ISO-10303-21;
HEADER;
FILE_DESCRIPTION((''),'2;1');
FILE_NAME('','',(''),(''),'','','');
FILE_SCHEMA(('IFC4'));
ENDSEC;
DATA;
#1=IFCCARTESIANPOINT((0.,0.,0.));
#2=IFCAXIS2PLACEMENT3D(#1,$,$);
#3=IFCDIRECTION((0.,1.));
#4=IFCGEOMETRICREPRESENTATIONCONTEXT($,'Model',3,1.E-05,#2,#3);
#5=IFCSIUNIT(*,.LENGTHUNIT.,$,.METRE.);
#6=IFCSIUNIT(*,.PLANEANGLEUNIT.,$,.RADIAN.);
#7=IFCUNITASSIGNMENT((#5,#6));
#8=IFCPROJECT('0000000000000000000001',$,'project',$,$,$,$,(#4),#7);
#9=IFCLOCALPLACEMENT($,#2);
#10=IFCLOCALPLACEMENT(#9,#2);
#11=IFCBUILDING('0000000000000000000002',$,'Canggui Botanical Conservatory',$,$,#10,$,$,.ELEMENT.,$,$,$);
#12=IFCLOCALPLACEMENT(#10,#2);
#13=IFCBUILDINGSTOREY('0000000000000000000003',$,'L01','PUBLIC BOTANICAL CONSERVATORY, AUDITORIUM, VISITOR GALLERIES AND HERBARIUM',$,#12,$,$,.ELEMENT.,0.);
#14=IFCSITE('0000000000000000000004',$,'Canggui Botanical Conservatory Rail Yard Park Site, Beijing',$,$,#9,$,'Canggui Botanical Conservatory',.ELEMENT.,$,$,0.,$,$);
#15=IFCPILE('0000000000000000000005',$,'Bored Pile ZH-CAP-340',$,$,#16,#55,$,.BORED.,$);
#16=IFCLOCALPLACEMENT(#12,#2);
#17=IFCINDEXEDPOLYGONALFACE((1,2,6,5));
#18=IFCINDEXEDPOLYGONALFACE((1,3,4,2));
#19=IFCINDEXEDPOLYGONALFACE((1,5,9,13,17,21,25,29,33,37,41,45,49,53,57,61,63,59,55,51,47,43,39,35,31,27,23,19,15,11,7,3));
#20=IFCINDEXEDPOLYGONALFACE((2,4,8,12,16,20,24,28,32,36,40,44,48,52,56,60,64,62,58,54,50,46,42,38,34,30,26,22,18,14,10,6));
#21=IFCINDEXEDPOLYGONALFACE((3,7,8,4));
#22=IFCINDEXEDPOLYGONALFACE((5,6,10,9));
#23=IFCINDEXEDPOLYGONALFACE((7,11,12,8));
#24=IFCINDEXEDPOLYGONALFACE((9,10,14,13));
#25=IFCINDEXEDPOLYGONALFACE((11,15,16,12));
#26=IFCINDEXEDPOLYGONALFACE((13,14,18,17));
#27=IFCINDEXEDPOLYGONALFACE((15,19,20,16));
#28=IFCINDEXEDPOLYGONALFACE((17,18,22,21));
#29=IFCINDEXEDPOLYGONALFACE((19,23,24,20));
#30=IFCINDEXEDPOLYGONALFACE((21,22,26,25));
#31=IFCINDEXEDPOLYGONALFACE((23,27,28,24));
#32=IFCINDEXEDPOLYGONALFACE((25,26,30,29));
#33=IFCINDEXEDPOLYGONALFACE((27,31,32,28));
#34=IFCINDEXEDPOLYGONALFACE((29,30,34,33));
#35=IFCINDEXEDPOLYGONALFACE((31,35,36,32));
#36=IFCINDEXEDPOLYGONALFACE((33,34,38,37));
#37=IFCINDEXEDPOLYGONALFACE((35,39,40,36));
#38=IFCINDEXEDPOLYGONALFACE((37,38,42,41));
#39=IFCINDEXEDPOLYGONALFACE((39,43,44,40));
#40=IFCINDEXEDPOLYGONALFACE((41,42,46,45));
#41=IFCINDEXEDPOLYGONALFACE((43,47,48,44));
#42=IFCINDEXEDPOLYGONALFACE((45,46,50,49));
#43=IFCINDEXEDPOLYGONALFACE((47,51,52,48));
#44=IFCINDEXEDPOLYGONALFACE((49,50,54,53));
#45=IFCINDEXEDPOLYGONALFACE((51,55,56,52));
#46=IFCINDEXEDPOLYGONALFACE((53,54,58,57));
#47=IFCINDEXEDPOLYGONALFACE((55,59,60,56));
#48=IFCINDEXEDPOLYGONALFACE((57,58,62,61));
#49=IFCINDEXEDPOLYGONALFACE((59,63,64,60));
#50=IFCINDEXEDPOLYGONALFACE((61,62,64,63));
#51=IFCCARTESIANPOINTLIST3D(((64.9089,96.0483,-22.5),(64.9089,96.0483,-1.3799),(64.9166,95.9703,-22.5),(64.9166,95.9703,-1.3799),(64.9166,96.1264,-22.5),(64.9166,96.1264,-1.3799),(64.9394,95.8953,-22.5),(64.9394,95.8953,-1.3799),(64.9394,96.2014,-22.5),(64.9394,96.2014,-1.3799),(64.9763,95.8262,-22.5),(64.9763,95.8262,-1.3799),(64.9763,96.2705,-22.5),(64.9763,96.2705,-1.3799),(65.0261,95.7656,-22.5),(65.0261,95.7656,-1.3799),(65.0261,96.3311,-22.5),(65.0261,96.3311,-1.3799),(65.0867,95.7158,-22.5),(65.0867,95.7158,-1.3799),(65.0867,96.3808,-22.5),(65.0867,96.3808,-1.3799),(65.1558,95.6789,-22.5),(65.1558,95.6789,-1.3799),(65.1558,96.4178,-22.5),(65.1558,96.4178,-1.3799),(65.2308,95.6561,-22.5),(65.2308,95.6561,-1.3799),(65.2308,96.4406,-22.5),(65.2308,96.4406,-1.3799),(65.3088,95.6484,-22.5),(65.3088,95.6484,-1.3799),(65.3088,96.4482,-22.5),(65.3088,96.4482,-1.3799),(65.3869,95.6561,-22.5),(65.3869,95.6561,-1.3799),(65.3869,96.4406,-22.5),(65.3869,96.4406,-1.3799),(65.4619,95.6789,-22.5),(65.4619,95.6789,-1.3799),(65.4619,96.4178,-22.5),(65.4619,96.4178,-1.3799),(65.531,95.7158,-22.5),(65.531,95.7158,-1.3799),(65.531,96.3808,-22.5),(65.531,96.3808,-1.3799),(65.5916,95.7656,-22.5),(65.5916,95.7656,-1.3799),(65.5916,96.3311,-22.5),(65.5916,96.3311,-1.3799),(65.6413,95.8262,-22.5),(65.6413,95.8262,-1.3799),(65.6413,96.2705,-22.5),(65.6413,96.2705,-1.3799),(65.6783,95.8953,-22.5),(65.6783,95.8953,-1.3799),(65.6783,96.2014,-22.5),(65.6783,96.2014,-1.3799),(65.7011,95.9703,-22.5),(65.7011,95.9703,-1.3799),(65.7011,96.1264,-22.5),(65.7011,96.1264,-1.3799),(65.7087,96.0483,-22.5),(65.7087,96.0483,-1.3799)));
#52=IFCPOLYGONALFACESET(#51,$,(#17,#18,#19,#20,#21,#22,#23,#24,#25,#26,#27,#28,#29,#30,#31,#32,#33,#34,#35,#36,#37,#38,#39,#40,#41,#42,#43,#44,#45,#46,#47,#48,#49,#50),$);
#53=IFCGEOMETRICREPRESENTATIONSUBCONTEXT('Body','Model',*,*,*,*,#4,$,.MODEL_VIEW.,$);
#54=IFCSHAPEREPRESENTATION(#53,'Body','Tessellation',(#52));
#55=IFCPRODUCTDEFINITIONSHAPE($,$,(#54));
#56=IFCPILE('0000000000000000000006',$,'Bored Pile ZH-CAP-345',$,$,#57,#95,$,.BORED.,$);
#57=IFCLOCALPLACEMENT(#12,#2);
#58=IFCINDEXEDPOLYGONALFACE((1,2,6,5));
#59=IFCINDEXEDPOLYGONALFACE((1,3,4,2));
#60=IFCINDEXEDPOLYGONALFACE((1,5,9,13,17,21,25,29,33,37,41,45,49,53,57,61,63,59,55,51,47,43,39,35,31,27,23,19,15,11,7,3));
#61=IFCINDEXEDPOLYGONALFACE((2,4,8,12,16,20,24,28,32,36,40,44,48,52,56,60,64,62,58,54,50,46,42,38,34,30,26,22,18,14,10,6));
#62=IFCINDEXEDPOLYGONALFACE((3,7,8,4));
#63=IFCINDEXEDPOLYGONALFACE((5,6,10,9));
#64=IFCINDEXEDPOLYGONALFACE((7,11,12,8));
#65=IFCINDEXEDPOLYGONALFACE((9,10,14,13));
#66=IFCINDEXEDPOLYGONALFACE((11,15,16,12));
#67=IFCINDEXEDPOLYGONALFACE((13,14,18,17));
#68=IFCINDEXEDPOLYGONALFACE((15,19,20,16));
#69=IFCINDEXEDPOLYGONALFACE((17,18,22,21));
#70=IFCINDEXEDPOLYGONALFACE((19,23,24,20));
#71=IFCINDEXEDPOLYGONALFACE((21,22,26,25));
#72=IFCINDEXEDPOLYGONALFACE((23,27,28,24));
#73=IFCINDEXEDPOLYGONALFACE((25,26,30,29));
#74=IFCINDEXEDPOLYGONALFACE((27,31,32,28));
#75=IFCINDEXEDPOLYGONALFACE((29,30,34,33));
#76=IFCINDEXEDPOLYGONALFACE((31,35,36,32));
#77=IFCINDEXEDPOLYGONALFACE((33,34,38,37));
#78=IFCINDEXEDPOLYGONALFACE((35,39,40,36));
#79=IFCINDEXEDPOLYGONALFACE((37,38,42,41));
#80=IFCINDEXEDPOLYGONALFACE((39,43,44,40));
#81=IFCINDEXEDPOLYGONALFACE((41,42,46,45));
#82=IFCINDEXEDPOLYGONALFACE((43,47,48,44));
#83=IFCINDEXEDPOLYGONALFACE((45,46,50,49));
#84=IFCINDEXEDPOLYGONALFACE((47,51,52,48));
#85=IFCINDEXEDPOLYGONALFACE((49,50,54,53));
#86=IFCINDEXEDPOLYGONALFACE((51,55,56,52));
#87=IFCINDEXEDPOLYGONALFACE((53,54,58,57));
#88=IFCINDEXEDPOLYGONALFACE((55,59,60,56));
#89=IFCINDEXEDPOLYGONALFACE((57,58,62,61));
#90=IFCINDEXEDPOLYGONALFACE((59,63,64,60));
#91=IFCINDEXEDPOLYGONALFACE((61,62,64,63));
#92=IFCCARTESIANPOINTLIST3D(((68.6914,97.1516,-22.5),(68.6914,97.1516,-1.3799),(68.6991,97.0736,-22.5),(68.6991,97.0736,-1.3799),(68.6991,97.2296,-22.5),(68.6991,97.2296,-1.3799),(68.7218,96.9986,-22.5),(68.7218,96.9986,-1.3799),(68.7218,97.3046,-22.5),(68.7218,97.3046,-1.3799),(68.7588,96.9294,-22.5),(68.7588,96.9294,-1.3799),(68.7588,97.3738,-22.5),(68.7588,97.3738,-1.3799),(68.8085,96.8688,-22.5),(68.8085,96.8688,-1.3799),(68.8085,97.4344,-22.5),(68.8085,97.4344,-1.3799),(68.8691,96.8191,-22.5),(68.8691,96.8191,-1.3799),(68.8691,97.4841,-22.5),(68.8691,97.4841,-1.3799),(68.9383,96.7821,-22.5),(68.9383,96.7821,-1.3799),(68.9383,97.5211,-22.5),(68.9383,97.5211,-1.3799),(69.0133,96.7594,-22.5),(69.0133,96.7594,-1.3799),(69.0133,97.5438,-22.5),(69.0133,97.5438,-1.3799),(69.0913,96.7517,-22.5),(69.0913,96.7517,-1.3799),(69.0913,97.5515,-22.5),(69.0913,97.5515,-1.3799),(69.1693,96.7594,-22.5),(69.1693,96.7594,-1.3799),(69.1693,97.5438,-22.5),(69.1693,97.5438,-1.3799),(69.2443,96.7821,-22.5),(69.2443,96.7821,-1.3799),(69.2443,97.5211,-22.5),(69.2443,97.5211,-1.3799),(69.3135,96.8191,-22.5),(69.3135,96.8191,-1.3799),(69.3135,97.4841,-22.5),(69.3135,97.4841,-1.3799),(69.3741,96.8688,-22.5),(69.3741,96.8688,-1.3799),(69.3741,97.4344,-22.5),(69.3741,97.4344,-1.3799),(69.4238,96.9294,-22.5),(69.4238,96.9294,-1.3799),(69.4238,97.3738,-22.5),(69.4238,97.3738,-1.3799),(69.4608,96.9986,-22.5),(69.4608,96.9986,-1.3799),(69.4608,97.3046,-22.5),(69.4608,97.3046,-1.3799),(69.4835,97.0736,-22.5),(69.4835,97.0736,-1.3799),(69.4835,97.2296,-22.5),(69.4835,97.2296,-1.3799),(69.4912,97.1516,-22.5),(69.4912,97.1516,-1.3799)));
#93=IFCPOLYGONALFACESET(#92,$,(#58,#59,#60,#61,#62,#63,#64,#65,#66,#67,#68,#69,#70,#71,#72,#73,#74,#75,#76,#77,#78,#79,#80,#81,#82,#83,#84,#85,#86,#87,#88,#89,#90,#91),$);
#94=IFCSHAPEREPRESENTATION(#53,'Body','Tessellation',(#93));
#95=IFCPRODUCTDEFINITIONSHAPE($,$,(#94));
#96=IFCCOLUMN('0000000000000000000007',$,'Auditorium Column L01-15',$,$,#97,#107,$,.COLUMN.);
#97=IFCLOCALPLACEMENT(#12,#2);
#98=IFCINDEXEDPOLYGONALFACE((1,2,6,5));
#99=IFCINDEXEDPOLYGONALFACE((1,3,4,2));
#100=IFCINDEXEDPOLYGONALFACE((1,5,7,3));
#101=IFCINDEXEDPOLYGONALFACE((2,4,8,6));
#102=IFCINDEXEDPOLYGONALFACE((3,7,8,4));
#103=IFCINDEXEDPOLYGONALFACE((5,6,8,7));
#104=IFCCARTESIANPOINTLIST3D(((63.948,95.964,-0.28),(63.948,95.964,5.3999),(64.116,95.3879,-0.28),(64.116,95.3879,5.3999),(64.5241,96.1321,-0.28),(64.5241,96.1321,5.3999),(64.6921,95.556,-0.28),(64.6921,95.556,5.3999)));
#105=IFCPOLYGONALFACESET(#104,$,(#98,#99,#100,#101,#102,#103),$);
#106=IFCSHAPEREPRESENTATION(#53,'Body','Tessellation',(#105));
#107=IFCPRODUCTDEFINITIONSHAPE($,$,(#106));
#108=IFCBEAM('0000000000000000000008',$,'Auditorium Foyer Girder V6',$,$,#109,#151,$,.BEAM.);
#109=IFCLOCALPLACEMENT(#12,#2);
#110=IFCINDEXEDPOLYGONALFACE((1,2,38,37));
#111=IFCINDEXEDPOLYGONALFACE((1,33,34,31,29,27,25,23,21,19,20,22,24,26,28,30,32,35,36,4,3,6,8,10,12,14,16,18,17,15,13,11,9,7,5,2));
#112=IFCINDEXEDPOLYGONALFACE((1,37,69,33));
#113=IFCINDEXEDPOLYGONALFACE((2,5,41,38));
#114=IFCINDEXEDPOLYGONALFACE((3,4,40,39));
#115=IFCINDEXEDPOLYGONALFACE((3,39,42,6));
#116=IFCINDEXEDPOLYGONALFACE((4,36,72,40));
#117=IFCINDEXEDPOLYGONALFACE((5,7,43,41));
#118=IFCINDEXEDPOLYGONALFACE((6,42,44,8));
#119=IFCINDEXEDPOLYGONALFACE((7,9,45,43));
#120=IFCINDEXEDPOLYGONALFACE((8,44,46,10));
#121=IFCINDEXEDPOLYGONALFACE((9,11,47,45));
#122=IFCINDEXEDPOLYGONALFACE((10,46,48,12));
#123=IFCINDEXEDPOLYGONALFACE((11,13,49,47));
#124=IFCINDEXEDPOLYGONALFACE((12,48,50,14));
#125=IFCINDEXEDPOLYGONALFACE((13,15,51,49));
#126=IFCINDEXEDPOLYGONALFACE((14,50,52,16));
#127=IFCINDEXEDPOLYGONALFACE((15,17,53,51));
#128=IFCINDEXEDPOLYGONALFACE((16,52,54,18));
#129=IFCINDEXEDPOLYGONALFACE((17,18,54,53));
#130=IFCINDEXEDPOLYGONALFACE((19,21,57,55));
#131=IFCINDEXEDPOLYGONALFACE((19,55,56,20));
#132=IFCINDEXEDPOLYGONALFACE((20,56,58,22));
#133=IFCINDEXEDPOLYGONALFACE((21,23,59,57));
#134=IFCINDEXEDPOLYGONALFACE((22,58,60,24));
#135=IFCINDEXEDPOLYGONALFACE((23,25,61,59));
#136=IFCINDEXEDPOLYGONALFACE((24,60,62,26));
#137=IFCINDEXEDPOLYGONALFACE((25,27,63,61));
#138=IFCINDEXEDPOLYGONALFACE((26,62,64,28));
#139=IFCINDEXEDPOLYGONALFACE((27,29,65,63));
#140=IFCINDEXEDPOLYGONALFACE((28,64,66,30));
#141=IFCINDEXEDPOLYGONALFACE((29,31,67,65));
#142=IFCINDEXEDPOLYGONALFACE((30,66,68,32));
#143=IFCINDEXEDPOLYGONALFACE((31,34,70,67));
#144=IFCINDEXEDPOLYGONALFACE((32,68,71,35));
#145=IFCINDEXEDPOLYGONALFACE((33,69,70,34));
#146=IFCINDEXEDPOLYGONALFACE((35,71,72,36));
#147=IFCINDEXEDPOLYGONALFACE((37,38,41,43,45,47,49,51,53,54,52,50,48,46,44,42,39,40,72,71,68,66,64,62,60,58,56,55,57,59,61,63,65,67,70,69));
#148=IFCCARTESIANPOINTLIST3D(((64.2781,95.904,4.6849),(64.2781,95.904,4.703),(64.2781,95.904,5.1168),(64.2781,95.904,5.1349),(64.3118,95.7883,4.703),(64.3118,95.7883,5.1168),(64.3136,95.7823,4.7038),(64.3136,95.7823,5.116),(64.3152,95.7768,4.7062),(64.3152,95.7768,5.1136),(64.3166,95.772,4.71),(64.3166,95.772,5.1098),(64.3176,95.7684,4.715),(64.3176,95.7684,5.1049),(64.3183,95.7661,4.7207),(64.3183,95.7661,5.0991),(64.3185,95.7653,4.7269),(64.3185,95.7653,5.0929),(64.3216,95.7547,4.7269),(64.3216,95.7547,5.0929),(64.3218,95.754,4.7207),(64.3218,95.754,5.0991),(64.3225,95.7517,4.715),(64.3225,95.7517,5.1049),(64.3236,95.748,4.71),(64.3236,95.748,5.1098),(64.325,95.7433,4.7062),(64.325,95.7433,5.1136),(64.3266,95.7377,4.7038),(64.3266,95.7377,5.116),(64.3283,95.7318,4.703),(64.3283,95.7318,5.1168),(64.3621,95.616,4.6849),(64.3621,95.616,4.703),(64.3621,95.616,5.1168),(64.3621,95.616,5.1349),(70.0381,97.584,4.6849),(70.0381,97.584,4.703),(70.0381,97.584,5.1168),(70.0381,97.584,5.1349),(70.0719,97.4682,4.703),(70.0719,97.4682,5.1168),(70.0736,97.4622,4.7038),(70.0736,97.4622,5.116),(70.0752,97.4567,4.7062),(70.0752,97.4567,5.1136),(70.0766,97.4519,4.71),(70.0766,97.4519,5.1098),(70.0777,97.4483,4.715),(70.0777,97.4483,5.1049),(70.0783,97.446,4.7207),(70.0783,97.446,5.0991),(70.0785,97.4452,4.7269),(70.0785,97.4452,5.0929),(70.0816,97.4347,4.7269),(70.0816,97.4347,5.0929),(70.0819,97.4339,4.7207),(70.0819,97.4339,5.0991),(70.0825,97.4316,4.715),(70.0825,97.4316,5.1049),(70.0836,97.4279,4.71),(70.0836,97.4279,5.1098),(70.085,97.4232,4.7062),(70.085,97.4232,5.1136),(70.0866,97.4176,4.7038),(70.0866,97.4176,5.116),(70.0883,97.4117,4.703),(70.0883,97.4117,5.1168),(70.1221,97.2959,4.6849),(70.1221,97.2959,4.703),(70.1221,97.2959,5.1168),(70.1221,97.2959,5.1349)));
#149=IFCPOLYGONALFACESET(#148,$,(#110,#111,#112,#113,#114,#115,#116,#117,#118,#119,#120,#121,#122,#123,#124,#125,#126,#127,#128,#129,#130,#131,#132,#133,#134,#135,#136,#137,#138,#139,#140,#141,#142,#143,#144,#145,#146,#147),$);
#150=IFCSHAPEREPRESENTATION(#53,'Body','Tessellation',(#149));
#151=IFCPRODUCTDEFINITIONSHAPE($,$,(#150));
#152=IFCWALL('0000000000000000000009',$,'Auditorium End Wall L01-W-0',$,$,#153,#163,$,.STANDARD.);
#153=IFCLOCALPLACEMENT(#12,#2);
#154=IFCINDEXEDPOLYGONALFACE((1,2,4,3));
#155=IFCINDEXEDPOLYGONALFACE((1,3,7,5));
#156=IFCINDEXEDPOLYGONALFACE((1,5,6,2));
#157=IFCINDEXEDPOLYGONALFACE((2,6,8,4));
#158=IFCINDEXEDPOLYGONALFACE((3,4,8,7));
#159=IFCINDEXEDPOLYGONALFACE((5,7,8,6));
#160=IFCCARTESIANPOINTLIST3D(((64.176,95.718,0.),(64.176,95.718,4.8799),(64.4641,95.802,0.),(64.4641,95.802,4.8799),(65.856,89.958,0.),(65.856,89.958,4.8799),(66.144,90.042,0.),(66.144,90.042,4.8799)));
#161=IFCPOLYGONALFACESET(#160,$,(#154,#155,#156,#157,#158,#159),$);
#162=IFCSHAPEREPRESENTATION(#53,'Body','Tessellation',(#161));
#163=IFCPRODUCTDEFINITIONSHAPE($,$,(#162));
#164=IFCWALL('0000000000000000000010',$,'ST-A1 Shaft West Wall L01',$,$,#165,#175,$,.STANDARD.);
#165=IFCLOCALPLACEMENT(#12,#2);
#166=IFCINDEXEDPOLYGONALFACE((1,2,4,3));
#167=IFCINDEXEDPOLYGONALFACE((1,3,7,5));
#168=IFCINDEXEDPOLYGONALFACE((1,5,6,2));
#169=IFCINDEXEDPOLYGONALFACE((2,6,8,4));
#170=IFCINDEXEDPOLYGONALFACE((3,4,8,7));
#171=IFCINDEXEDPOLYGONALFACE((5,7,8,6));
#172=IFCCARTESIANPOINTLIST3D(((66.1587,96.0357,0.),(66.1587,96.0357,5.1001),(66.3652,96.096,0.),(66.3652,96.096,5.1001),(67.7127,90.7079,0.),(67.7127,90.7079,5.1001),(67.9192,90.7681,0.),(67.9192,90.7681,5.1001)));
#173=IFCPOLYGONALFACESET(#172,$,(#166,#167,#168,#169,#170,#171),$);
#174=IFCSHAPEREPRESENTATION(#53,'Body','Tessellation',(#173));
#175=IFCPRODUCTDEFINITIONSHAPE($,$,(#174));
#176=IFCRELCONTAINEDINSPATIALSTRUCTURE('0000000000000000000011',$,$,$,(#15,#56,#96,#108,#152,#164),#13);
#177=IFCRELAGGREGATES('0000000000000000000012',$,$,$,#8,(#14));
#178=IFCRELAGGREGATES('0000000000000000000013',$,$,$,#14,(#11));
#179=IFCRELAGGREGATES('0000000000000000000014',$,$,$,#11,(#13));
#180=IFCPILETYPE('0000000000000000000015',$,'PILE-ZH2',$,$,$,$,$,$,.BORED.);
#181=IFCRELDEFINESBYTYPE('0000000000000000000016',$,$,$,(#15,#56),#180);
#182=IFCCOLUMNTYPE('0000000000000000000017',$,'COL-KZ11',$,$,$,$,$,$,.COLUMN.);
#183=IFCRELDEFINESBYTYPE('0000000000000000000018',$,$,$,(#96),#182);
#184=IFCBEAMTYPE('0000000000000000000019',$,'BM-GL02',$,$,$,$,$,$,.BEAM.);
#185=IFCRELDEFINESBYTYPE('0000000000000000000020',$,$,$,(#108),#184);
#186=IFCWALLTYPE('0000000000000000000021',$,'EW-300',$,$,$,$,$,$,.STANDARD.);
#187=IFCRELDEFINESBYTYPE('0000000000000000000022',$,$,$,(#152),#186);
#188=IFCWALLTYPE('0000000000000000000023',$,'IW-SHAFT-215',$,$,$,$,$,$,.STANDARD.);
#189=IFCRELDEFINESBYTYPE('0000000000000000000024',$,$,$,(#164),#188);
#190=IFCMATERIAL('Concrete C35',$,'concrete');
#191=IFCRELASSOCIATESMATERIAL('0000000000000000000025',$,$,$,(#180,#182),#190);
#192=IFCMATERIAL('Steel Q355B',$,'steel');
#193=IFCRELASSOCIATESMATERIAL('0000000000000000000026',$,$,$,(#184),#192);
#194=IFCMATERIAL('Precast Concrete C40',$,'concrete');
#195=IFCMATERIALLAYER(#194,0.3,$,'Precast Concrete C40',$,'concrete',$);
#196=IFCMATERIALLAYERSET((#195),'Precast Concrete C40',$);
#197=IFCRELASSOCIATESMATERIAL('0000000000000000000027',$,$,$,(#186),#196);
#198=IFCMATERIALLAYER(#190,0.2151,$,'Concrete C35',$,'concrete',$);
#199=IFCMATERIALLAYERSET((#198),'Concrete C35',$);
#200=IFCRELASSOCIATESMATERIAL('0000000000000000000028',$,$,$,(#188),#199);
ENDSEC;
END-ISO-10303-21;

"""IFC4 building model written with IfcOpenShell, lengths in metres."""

from ifc_helpers import new_model, si_unit, direction, frame, frame_2d, origin, origin_2d, place, context, subcontext, project, spatial, rectangle, circle, i_section, extrude, material, layer, layer_set, material_profile, profile_set, type_object, element, save


model = new_model("IFC4")

# Units and contexts
model_context = context("Model", 3, precision=1e-05, world=origin(), true_north=direction((0.0, 1.0)))
body_context = subcontext(model_context, "Body", "Model", "MODEL_VIEW")
ifc_project = project(units=[si_unit("LENGTHUNIT", "METRE"), si_unit("PLANEANGLEUNIT", "RADIAN")], contexts=[model_context])

# Site, building, storey
site_placement = place(None, origin())
site = spatial("IfcSite", under=ifc_project, at=site_placement, Name="Canggui Botanical Conservatory Rail Yard Park Site, Beijing", LongName="Canggui Botanical Conservatory", CompositionType="ELEMENT", RefElevation=0.0)
building_placement = place(site_placement, origin())
building = spatial("IfcBuilding", under=site, at=building_placement, Name="Canggui Botanical Conservatory", CompositionType="ELEMENT")
storey_placement = place(building_placement, origin())
storey = spatial("IfcBuildingStorey", under=building, at=storey_placement, Name="L01", Description="PUBLIC BOTANICAL CONSERVATORY, AUDITORIUM, VISITOR GALLERIES AND HERBARIUM", CompositionType="ELEMENT", Elevation=0.0)

# Shared definitions
ifc_material_1 = material(Name="Concrete C35", Category="concrete")

# Piles
ifc_material_profile_1 = material_profile(ifc_material_1, circle(Radius=0.3999, at=origin_2d()), Name="PILE D800")
ifc_profile_set_1 = profile_set([ifc_material_profile_1], Name="Concrete C35")
pile_type = type_object("IfcPileType", Name="PILE-ZH2", PredefinedType="BORED", material=ifc_profile_set_1)
for number, where, z_axis, x_axis, name in (
    (1, (65.3088, 96.0483, -1.3799), (0.0, 0.0, -1.0), (1.0, 0.0, 0.0), "Bored Pile ZH-CAP-340"),
    (2, (69.0913, 97.1516, -1.3799), (0.0, 0.0, -1.0), (1.0, 0.0, 0.0), "Bored Pile ZH-CAP-345"),
):
    element("IfcPile", number, at=place(storey_placement, frame(where, z_axis=z_axis, x_axis=x_axis)), inside=storey, type_object=pile_type, Name=name, PredefinedType="BORED", context=body_context, shape_type="SweptSolid", body=[
        extrude(circle(Radius=0.3999, at=origin_2d()), origin(), (0.0, 0.0, 1.0), 21.1201),
    ])

# Column
ifc_material_profile_2 = material_profile(ifc_material_1, rectangle(XDim=0.6001, YDim=0.6001, at=origin_2d()), Name="RC 600x600")
ifc_profile_set_2 = profile_set([ifc_material_profile_2], Name="Concrete C35")
column_type = type_object("IfcColumnType", Name="COL-KZ11", PredefinedType="COLUMN", material=ifc_profile_set_2)
column_placement = place(storey_placement, frame((64.3201, 95.76, -0.28), z_axis=(0.0, 0.0, 1.0), x_axis=(0.96, 0.28, 0.0)))
element("IfcColumn", 3, at=column_placement, inside=storey, type_object=column_type, Name="Auditorium Column L01-15", PredefinedType="COLUMN", context=body_context, shape_type="SweptSolid", body=[
    extrude(rectangle(XDim=0.6001, YDim=0.6001, at=origin_2d()), origin(), (0.0, 0.0, 1.0), 5.6799),
])

# Beam
ifc_material_2 = material(Name="Steel Q355B", Category="steel")
ifc_material_profile_3 = material_profile(ifc_material_2, i_section(OverallWidth=0.3, OverallDepth=0.45, WebThickness=0.011, FlangeThickness=0.0181, FilletRadius=0.0239, at=origin_2d()), Name="HM 450x300x11x18")
ifc_profile_set_3 = profile_set([ifc_material_profile_3], Name="Steel Q355B")
beam_type = type_object("IfcBeamType", Name="BM-GL02", PredefinedType="BEAM", material=ifc_profile_set_3)
beam_placement = place(storey_placement, frame((64.3201, 95.76, 4.9099), z_axis=(0.960003, 0.279989, 0.0), x_axis=(-0.279989, 0.960003, 0.0)))
element("IfcBeam", 4, at=beam_placement, inside=storey, type_object=beam_type, Name="Auditorium Foyer Girder V6", PredefinedType="BEAM", context=body_context, shape_type="SweptSolid", body=[
    extrude(i_section(OverallWidth=0.3, OverallDepth=0.45, WebThickness=0.011, FlangeThickness=0.0181, FilletRadius=0.0239, at=origin_2d()), origin(), (0.0, 0.0, 1.0), 6.0),
])

# Wall
ifc_material_3 = material(Name="Precast Concrete C40", Category="concrete")
ifc_layer_1 = layer(ifc_material_3, 0.3, Name="Precast Concrete C40", Category="concrete")
ifc_layer_set_1 = layer_set([ifc_layer_1], Name="Precast Concrete C40")
wall_type_1 = type_object("IfcWallType", Name="EW-300", PredefinedType="STANDARD", material=ifc_layer_set_1)
wall_1_placement = place(storey_placement, frame((66.0, 90.0, 0.0), z_axis=(0.0, 0.0, 1.0), x_axis=(-0.279989, 0.960003, 0.0)))
element("IfcWall", 5, at=wall_1_placement, inside=storey, type_object=wall_type_1, Name="Auditorium End Wall L01-W-0", PredefinedType="STANDARD", context=body_context, shape_type="SweptSolid", body=[
    extrude(rectangle(XDim=6.0, YDim=0.3, at=frame_2d((3.0, 0.0))), origin(), (0.0, 0.0, 1.0), 4.8799),
])

# Wall
ifc_layer_2 = layer(ifc_material_1, 0.2151, Name="Concrete C35", Category="concrete")
ifc_layer_set_2 = layer_set([ifc_layer_2], Name="Concrete C35")
wall_type_2 = type_object("IfcWallType", Name="IW-SHAFT-215", PredefinedType="STANDARD", material=ifc_layer_set_2)
wall_2_placement = place(storey_placement, frame((67.8159, 90.738, 0.0), z_axis=(0.0, 0.0, 1.0), x_axis=(-0.279998, 0.96, 0.0)))
element("IfcWall", 6, at=wall_2_placement, inside=storey, type_object=wall_type_2, Name="ST-A1 Shaft West Wall L01", PredefinedType="STANDARD", context=body_context, shape_type="SweptSolid", body=[
    extrude(rectangle(XDim=5.5498, YDim=0.2151, at=frame_2d((2.7749, 0.0))), origin(), (0.0, 0.0, 1.0), 5.1001),
])

save(model, "model.ifc")
